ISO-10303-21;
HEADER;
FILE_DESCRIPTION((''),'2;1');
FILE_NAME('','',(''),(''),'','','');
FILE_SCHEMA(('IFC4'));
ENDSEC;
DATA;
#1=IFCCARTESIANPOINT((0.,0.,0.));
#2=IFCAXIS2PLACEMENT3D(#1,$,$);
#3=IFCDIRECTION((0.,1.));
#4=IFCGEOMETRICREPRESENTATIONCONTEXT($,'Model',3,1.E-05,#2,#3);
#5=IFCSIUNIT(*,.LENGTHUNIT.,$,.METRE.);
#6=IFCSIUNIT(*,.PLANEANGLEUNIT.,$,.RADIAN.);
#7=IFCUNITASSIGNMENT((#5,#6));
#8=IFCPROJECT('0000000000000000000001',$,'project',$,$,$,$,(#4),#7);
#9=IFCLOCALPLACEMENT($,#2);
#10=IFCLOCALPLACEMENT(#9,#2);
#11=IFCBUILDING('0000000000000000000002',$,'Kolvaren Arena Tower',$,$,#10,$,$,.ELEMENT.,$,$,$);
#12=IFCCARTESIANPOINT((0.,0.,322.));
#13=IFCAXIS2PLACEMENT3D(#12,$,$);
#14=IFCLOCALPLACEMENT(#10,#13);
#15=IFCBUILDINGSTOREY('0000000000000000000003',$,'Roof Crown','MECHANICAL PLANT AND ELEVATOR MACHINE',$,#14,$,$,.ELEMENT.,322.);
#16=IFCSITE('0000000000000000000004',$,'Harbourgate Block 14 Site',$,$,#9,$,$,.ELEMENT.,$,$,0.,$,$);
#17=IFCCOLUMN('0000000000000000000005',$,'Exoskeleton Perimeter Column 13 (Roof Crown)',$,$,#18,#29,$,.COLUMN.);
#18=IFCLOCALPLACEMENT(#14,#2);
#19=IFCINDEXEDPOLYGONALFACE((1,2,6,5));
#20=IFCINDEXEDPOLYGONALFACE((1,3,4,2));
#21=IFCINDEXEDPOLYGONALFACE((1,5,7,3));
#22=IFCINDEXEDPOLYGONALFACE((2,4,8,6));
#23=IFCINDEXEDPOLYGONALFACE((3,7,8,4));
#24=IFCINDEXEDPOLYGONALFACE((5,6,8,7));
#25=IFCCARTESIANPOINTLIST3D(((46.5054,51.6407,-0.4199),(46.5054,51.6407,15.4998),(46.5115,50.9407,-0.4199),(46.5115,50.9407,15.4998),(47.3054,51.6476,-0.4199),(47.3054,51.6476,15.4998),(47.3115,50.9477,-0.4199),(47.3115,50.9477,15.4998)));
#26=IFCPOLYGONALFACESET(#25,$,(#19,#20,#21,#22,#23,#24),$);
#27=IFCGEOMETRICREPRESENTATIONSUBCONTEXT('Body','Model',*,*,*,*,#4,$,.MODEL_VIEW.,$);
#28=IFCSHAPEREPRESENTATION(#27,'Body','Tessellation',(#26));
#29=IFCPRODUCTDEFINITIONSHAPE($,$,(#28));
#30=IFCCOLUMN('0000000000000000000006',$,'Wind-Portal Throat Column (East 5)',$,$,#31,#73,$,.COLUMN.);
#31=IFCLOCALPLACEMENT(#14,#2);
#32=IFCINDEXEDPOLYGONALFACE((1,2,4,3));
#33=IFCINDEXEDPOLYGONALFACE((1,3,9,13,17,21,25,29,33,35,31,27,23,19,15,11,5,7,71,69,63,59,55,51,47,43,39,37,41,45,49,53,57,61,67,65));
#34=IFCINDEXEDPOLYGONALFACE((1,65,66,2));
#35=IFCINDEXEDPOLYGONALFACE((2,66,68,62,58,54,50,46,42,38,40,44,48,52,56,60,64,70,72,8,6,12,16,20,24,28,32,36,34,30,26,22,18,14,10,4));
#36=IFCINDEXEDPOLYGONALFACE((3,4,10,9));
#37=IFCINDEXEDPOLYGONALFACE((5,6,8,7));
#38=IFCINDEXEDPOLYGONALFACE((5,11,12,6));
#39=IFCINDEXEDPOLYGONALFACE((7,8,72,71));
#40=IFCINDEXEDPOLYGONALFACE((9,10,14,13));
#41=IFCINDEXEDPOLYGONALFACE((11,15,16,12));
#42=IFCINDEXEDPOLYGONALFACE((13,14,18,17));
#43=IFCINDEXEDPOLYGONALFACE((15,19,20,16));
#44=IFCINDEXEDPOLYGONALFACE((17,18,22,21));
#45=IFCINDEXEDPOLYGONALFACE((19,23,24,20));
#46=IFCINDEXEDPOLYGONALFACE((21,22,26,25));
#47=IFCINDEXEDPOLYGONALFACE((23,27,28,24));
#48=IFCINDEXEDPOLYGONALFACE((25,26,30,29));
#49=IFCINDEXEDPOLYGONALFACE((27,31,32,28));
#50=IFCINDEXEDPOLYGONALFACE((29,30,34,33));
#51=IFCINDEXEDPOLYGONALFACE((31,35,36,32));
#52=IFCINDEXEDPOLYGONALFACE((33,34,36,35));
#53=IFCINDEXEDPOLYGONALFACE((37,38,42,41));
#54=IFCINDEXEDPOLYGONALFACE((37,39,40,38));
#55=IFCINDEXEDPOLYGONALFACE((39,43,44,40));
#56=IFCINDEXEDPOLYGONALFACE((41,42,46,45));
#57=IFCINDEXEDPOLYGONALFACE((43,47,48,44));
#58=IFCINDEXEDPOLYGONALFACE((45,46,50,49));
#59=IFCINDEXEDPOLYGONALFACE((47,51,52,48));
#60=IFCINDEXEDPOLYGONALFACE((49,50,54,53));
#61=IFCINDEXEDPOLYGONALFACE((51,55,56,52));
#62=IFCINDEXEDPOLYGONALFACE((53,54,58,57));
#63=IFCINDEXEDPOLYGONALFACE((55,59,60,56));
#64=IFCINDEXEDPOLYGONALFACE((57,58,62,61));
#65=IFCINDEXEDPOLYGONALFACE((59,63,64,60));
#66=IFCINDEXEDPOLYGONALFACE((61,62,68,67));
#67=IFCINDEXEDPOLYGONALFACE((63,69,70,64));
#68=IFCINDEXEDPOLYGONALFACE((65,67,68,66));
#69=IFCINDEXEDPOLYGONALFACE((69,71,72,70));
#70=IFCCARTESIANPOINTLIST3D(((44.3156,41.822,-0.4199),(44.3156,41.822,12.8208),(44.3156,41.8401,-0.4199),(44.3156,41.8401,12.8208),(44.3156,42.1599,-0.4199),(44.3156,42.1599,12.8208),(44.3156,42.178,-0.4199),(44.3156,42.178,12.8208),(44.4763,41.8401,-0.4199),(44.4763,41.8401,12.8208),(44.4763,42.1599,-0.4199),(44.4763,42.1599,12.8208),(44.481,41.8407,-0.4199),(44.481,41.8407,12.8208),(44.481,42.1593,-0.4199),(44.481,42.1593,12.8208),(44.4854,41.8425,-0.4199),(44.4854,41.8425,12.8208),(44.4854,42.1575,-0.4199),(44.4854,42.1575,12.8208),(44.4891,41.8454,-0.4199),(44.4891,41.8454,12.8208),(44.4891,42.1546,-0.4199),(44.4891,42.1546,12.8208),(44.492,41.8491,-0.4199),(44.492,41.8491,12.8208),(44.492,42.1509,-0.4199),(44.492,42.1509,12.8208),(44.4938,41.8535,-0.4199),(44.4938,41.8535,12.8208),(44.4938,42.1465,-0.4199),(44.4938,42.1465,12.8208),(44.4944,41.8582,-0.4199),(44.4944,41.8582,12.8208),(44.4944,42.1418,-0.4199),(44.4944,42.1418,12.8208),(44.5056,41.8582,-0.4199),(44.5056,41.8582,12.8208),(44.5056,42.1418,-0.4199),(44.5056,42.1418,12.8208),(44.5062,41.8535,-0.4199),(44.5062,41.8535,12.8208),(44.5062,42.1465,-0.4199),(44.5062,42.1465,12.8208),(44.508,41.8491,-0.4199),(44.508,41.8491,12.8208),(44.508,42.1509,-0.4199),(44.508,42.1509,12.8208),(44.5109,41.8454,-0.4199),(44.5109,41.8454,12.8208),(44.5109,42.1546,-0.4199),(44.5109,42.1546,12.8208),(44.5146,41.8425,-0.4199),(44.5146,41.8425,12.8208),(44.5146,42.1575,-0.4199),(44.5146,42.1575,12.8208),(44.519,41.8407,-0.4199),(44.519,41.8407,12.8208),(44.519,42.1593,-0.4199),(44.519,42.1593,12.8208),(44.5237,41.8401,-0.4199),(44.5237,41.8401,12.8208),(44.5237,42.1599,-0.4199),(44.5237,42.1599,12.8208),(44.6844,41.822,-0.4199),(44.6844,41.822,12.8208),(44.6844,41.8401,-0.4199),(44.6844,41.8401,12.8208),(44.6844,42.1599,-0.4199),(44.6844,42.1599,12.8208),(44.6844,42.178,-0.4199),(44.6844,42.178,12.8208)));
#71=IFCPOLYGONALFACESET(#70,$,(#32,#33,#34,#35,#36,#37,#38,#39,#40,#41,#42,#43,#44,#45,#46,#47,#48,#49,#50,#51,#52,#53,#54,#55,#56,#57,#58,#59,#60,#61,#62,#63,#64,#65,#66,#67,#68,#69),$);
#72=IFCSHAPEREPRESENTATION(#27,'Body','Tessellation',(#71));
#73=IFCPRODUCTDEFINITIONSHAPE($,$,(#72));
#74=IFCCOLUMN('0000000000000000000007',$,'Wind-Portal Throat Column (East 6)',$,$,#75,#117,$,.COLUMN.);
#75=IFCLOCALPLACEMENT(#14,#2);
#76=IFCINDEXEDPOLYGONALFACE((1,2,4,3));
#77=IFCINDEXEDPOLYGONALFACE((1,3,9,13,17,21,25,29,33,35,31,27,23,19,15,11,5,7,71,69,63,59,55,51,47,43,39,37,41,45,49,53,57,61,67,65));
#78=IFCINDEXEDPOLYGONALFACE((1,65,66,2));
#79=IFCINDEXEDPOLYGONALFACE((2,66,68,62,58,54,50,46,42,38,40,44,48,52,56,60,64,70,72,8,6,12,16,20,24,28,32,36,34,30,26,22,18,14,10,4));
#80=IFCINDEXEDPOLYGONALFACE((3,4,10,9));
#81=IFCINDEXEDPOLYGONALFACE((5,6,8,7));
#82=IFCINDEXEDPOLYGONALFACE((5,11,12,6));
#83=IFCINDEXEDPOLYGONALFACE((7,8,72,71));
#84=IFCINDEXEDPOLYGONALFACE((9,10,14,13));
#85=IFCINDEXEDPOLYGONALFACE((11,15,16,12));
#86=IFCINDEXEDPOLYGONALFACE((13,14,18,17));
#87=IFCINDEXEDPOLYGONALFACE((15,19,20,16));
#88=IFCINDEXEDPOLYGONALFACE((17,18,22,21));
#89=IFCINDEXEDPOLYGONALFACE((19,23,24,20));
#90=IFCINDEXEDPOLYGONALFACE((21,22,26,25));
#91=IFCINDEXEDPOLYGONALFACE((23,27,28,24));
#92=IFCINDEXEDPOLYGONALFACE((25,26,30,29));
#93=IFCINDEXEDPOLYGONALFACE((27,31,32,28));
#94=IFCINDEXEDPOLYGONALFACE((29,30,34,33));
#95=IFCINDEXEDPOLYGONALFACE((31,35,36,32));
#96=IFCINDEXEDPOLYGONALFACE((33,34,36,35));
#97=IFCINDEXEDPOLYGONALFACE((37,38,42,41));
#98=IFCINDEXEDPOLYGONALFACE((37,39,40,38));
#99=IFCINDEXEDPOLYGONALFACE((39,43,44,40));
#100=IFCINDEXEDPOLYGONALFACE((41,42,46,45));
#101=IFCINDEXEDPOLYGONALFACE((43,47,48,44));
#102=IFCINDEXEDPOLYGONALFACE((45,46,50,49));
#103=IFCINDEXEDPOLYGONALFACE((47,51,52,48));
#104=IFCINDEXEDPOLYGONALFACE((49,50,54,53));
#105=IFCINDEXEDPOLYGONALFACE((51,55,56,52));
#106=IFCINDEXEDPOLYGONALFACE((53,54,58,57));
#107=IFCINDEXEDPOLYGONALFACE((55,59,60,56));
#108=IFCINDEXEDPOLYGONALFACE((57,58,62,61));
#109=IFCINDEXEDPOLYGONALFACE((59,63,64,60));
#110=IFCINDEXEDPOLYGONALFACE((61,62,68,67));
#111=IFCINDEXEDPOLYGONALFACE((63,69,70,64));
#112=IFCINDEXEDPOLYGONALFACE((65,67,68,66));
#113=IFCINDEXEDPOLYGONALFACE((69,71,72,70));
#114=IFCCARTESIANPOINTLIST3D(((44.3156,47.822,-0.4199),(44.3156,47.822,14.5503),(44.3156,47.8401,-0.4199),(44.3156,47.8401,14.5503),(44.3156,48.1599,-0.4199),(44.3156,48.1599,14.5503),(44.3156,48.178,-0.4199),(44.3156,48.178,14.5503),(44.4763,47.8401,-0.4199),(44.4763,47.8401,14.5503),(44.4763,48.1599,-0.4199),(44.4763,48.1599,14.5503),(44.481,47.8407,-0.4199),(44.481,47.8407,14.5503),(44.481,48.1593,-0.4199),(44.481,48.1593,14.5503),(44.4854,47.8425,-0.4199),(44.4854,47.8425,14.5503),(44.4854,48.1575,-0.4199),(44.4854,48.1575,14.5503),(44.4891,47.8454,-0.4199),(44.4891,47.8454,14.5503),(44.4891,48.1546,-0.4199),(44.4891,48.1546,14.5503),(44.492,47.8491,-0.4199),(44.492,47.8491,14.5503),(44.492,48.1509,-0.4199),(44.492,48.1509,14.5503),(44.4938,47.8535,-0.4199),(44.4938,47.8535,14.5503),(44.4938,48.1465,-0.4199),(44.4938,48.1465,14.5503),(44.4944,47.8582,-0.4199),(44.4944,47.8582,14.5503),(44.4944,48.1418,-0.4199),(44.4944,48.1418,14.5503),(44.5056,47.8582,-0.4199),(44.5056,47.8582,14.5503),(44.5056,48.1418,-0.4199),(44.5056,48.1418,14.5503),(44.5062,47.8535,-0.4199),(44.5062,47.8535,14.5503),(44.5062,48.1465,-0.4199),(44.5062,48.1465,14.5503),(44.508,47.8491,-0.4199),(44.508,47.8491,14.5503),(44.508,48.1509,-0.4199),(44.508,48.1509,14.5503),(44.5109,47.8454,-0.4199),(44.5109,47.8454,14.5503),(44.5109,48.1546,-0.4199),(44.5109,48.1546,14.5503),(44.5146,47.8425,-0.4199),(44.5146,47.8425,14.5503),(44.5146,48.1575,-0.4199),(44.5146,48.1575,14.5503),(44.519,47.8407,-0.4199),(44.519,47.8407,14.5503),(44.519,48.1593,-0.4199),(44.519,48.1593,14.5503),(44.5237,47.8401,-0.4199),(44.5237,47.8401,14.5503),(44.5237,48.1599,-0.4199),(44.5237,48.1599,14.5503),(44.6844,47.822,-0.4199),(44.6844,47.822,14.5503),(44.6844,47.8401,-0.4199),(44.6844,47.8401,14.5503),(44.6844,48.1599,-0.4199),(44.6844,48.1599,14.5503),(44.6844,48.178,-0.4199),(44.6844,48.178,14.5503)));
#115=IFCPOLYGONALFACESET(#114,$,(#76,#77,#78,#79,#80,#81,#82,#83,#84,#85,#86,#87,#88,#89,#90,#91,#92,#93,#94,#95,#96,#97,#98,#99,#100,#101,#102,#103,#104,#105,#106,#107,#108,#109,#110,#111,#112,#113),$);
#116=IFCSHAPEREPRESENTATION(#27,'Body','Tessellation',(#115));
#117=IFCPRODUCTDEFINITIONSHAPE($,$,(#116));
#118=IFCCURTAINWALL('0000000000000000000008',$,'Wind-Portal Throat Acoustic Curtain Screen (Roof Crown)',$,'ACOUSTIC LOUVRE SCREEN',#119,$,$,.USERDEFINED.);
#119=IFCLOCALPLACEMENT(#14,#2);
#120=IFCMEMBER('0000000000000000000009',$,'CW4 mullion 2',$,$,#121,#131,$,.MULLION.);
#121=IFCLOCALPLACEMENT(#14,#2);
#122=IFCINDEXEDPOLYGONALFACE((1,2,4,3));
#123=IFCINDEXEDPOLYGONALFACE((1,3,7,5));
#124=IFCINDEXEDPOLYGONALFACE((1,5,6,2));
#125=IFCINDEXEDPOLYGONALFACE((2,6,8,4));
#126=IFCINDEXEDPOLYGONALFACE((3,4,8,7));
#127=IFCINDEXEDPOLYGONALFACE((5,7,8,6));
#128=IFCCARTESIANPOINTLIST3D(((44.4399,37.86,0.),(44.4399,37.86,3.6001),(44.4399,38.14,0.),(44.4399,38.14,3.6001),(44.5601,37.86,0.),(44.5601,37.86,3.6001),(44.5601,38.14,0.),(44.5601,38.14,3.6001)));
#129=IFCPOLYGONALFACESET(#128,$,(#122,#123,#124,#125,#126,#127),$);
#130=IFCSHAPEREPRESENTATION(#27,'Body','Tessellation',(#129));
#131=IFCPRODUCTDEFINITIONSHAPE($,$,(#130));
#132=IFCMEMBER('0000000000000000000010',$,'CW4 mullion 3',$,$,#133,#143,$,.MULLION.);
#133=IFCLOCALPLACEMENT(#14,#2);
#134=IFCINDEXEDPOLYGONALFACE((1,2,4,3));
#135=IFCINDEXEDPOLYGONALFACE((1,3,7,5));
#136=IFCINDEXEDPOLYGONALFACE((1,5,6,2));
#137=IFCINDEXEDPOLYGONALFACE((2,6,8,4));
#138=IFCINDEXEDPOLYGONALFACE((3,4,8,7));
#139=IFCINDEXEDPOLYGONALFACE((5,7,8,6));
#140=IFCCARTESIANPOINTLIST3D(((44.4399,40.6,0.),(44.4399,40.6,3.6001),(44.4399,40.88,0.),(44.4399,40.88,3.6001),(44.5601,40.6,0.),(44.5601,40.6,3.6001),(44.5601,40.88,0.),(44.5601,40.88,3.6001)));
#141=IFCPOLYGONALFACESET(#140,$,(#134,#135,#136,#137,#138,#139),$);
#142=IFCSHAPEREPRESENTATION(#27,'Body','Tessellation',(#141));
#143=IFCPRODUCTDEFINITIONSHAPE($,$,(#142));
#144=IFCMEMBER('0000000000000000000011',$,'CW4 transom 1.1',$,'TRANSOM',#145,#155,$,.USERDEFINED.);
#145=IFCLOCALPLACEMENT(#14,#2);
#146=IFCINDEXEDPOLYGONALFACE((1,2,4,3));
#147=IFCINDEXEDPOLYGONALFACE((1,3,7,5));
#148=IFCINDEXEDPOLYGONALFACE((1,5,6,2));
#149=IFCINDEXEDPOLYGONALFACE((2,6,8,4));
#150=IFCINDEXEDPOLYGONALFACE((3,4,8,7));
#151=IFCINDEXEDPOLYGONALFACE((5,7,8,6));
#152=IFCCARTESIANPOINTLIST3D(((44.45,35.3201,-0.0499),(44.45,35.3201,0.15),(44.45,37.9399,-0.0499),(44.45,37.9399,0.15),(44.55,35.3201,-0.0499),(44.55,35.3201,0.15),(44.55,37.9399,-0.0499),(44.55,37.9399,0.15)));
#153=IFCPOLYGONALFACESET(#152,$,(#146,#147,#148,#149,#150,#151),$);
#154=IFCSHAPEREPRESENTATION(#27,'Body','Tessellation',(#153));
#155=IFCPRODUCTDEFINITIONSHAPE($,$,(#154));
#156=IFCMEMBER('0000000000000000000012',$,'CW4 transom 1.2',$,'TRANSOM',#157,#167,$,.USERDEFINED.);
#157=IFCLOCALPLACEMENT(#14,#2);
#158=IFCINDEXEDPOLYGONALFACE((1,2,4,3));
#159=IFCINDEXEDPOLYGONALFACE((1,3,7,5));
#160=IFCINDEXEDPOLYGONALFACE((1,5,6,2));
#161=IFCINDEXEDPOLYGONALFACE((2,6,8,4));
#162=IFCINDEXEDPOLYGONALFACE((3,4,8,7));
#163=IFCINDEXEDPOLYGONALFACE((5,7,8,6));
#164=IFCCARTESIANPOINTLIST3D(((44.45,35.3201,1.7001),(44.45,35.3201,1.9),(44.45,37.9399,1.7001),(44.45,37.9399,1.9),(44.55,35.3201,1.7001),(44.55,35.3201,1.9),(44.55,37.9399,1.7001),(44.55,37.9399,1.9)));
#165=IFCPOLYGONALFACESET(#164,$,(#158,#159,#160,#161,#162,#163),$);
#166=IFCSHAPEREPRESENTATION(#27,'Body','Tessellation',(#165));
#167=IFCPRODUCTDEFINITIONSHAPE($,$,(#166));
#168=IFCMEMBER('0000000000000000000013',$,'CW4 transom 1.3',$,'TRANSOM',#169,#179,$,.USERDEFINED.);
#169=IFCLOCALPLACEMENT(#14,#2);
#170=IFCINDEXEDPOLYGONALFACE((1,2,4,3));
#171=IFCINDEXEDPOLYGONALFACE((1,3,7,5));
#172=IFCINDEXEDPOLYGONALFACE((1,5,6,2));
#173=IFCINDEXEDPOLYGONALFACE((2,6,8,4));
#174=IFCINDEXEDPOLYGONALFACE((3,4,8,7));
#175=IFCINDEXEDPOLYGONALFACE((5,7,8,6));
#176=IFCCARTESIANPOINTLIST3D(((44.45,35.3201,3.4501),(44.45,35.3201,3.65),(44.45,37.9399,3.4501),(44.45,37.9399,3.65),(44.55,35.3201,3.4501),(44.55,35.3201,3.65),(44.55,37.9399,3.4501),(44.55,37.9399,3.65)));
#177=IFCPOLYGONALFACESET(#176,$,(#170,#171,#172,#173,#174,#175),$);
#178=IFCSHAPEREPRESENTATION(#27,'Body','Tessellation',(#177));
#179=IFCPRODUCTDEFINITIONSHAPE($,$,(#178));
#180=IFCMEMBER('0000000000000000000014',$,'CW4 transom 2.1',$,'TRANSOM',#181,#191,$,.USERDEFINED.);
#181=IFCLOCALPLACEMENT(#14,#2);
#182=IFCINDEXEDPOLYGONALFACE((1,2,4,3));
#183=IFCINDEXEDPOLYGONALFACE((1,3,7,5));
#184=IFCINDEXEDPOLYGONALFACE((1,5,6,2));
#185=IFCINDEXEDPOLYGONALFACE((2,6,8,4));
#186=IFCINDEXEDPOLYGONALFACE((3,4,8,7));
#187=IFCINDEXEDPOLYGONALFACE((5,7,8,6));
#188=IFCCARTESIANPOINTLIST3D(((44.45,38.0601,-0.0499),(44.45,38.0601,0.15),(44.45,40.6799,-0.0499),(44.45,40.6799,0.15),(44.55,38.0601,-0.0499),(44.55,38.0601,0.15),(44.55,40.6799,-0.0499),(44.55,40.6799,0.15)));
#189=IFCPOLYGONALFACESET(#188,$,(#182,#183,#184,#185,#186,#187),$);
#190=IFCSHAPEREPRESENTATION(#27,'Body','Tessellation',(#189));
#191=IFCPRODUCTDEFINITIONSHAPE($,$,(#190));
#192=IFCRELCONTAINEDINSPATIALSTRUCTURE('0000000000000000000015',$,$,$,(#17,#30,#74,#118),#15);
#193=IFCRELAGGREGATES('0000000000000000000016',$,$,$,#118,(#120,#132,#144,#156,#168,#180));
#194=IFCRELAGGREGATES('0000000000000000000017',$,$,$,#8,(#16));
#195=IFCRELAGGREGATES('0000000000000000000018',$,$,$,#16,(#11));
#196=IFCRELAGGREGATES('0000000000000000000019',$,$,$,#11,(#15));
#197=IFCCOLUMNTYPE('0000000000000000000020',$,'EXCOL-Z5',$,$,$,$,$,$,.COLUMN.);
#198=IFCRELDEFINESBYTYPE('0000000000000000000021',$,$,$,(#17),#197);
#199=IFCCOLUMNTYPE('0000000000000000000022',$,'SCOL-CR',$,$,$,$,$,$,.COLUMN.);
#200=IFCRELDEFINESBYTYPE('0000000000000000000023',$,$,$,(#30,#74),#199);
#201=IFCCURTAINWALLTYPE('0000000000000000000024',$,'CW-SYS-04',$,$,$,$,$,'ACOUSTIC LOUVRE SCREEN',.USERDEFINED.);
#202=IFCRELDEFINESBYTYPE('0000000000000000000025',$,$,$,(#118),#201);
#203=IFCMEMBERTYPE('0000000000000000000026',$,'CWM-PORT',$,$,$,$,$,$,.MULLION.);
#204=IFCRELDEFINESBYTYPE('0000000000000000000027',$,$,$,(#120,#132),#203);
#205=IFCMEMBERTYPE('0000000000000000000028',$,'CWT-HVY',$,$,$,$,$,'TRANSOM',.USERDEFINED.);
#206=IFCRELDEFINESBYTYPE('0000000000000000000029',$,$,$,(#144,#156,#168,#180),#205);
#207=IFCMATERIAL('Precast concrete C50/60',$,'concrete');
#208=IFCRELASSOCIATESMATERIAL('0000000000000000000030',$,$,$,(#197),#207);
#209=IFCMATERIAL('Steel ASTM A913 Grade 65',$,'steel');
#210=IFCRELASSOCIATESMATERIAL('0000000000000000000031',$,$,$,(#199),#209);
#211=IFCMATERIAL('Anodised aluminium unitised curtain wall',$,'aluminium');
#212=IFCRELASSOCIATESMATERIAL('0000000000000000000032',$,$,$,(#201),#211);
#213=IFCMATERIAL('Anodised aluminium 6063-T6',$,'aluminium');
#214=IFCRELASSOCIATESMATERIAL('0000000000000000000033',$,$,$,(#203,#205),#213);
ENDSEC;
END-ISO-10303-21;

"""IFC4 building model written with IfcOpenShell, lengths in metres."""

from ifc_helpers import new_model, si_unit, direction, frame, origin, origin_2d, place, context, subcontext, project, spatial, rectangle, i_section, extrude, material, material_profile, profile_set, type_object, element, aggregate, save


model = new_model("IFC4")

# Units and contexts
model_context = context("Model", 3, precision=1e-05, world=origin(), true_north=direction((0.0, 1.0)))
body_context = subcontext(model_context, "Body", "Model", "MODEL_VIEW")
ifc_project = project(units=[si_unit("LENGTHUNIT", "METRE"), si_unit("PLANEANGLEUNIT", "RADIAN")], contexts=[model_context])

# Site, building, storey
site_placement = place(None, origin())
site = spatial("IfcSite", under=ifc_project, at=site_placement, Name="Harbourgate Block 14 Site", CompositionType="ELEMENT", RefElevation=0.0)
building_placement = place(site_placement, origin())
building = spatial("IfcBuilding", under=site, at=building_placement, Name="Kolvaren Arena Tower", CompositionType="ELEMENT")
storey_placement = place(building_placement, frame((0.0, 0.0, 322.0)))
storey = spatial("IfcBuildingStorey", under=building, at=storey_placement, Name="Roof Crown", Description="MECHANICAL PLANT AND ELEVATOR MACHINE", CompositionType="ELEMENT", Elevation=322.0)

# Columns
ifc_material_1 = material(Name="Precast concrete C50/60", Category="concrete")
ifc_material_profile_1 = material_profile(ifc_material_1, rectangle(XDim=0.8, YDim=0.7, at=origin_2d()), Name="RC-800x700")
ifc_profile_set_1 = profile_set([ifc_material_profile_1], Name="Precast concrete C50/60")
column_type_1 = type_object("IfcColumnType", Name="EXCOL-Z5", PredefinedType="COLUMN", material=ifc_profile_set_1)
column_1_placement = place(storey_placement, frame((46.9084, 51.2942, -0.4199), z_axis=(0.0, 0.0, 1.0), x_axis=(0.999962, 0.008727, 0.0)))
element("IfcColumn", 1, at=column_1_placement, inside=storey, type_object=column_type_1, Name="Exoskeleton Perimeter Column 13 (Roof Crown)", PredefinedType="COLUMN", context=body_context, shape_type="SweptSolid", body=[
    extrude(rectangle(XDim=0.8, YDim=0.7, at=origin_2d()), origin(), (0.0, 0.0, 1.0), 15.9197),
])
ifc_material_2 = material(Name="Steel ASTM A913 Grade 65", Category="steel")
ifc_material_profile_2 = material_profile(ifc_material_2, i_section(OverallWidth=0.3689, OverallDepth=0.356, WebThickness=0.0112, FlangeThickness=0.0181, FilletRadius=0.0181, at=origin_2d()), Name="W360x134")
ifc_profile_set_2 = profile_set([ifc_material_profile_2], Name="Steel ASTM A913 Grade 65")
column_type_2 = type_object("IfcColumnType", Name="SCOL-CR", PredefinedType="COLUMN", material=ifc_profile_set_2)
column_2_placement = place(storey_placement, frame((44.5, 42.0, -0.4199), z_axis=(0.0, 0.0, 1.0), x_axis=(1.0, 0.0, 0.0)))
element("IfcColumn", 2, at=column_2_placement, inside=storey, type_object=column_type_2, Name="Wind-Portal Throat Column (East 5)", PredefinedType="COLUMN", context=body_context, shape_type="SweptSolid", body=[
    extrude(i_section(OverallWidth=0.3689, OverallDepth=0.356, WebThickness=0.0112, FlangeThickness=0.0181, FilletRadius=0.0181, at=origin_2d()), origin(), (0.0, 0.0, 1.0), 13.2407),
])
column_3_placement = place(storey_placement, frame((44.5, 48.0, -0.4199), z_axis=(0.0, 0.0, 1.0), x_axis=(1.0, 0.0, 0.0)))
element("IfcColumn", 3, at=column_3_placement, inside=storey, type_object=column_type_2, Name="Wind-Portal Throat Column (East 6)", PredefinedType="COLUMN", context=body_context, shape_type="SweptSolid", body=[
    extrude(i_section(OverallWidth=0.3689, OverallDepth=0.356, WebThickness=0.0112, FlangeThickness=0.0181, FilletRadius=0.0181, at=origin_2d()), origin(), (0.0, 0.0, 1.0), 14.9702),
])

# Curtain wall, members
ifc_material_3 = material(Name="Anodised aluminium unitised curtain wall", Category="aluminium")
curtain_wall_type = type_object("IfcCurtainWallType", Name="CW-SYS-04", ElementType="ACOUSTIC LOUVRE SCREEN", PredefinedType="USERDEFINED", material=ifc_material_3)
curtain_wall_placement = place(storey_placement, origin())
curtain_wall = element("IfcCurtainWall", 4, at=curtain_wall_placement, inside=storey, type_object=curtain_wall_type, Name="Wind-Portal Throat Acoustic Curtain Screen (Roof Crown)", ObjectType="ACOUSTIC LOUVRE SCREEN", PredefinedType="USERDEFINED")
ifc_material_4 = material(Name="Anodised aluminium 6063-T6", Category="aluminium")
ifc_material_profile_3 = material_profile(ifc_material_4, rectangle(XDim=0.1201, YDim=0.28, at=origin_2d()), Name="ALU-120x280")
ifc_profile_set_3 = profile_set([ifc_material_profile_3], Name="Anodised aluminium 6063-T6")
member_type_1 = type_object("IfcMemberType", Name="CWM-PORT", PredefinedType="MULLION", material=ifc_profile_set_3)
member_1_placement = place(storey_placement, frame((44.5, 38.0, 0.0), z_axis=(0.0, 0.0, 1.0), x_axis=(-1.0, 0.0, 0.0)))
member_1 = element("IfcMember", 5, at=member_1_placement, type_object=member_type_1, Name="CW4 mullion 2", PredefinedType="MULLION", context=body_context, shape_type="SweptSolid", body=[
    extrude(rectangle(XDim=0.1201, YDim=0.28, at=origin_2d()), origin(), (0.0, 0.0, 1.0), 3.6001),
])
member_2_placement = place(storey_placement, frame((44.5, 40.74, 0.0), z_axis=(0.0, 0.0, 1.0), x_axis=(-1.0, 0.0, 0.0)))
member_2 = element("IfcMember", 6, at=member_2_placement, type_object=member_type_1, Name="CW4 mullion 3", PredefinedType="MULLION", context=body_context, shape_type="SweptSolid", body=[
    extrude(rectangle(XDim=0.1201, YDim=0.28, at=origin_2d()), origin(), (0.0, 0.0, 1.0), 3.6001),
])
ifc_material_profile_4 = material_profile(ifc_material_4, rectangle(XDim=0.1001, YDim=0.2, at=origin_2d()), Name="ALU-100x200")
ifc_profile_set_4 = profile_set([ifc_material_profile_4], Name="Anodised aluminium 6063-T6")
member_type_2 = type_object("IfcMemberType", Name="CWT-HVY", ElementType="TRANSOM", PredefinedType="USERDEFINED", material=ifc_profile_set_4)
member_3_placement = place(storey_placement, frame((44.5, 35.3201, 0.05), z_axis=(0.0, 1.0, 0.0), x_axis=(-1.0, 0.0, 0.0)))
member_3 = element("IfcMember", 7, at=member_3_placement, type_object=member_type_2, Name="CW4 transom 1.1", ObjectType="TRANSOM", PredefinedType="USERDEFINED", context=body_context, shape_type="SweptSolid", body=[
    extrude(rectangle(XDim=0.1001, YDim=0.2, at=origin_2d()), origin(), (0.0, 0.0, 1.0), 2.6199),
])
member_4_placement = place(storey_placement, frame((44.5, 35.3201, 1.8), z_axis=(0.0, 1.0, 0.0), x_axis=(-1.0, 0.0, 0.0)))
member_4 = element("IfcMember", 8, at=member_4_placement, type_object=member_type_2, Name="CW4 transom 1.2", ObjectType="TRANSOM", PredefinedType="USERDEFINED", context=body_context, shape_type="SweptSolid", body=[
    extrude(rectangle(XDim=0.1001, YDim=0.2, at=origin_2d()), origin(), (0.0, 0.0, 1.0), 2.6199),
])
member_5_placement = place(storey_placement, frame((44.5, 35.3201, 3.55), z_axis=(0.0, 1.0, 0.0), x_axis=(-1.0, 0.0, 0.0)))
member_5 = element("IfcMember", 9, at=member_5_placement, type_object=member_type_2, Name="CW4 transom 1.3", ObjectType="TRANSOM", PredefinedType="USERDEFINED", context=body_context, shape_type="SweptSolid", body=[
    extrude(rectangle(XDim=0.1001, YDim=0.2, at=origin_2d()), origin(), (0.0, 0.0, 1.0), 2.6199),
])
member_6_placement = place(storey_placement, frame((44.5, 38.0601, 0.05), z_axis=(0.0, 1.0, 0.0), x_axis=(-1.0, 0.0, 0.0)))
member_6 = element("IfcMember", 10, at=member_6_placement, type_object=member_type_2, Name="CW4 transom 2.1", ObjectType="TRANSOM", PredefinedType="USERDEFINED", context=body_context, shape_type="SweptSolid", body=[
    extrude(rectangle(XDim=0.1001, YDim=0.2, at=origin_2d()), origin(), (0.0, 0.0, 1.0), 2.6199),
])

aggregate(curtain_wall, [member_1, member_2, member_3, member_4, member_5, member_6])

save(model, "model.ifc")
